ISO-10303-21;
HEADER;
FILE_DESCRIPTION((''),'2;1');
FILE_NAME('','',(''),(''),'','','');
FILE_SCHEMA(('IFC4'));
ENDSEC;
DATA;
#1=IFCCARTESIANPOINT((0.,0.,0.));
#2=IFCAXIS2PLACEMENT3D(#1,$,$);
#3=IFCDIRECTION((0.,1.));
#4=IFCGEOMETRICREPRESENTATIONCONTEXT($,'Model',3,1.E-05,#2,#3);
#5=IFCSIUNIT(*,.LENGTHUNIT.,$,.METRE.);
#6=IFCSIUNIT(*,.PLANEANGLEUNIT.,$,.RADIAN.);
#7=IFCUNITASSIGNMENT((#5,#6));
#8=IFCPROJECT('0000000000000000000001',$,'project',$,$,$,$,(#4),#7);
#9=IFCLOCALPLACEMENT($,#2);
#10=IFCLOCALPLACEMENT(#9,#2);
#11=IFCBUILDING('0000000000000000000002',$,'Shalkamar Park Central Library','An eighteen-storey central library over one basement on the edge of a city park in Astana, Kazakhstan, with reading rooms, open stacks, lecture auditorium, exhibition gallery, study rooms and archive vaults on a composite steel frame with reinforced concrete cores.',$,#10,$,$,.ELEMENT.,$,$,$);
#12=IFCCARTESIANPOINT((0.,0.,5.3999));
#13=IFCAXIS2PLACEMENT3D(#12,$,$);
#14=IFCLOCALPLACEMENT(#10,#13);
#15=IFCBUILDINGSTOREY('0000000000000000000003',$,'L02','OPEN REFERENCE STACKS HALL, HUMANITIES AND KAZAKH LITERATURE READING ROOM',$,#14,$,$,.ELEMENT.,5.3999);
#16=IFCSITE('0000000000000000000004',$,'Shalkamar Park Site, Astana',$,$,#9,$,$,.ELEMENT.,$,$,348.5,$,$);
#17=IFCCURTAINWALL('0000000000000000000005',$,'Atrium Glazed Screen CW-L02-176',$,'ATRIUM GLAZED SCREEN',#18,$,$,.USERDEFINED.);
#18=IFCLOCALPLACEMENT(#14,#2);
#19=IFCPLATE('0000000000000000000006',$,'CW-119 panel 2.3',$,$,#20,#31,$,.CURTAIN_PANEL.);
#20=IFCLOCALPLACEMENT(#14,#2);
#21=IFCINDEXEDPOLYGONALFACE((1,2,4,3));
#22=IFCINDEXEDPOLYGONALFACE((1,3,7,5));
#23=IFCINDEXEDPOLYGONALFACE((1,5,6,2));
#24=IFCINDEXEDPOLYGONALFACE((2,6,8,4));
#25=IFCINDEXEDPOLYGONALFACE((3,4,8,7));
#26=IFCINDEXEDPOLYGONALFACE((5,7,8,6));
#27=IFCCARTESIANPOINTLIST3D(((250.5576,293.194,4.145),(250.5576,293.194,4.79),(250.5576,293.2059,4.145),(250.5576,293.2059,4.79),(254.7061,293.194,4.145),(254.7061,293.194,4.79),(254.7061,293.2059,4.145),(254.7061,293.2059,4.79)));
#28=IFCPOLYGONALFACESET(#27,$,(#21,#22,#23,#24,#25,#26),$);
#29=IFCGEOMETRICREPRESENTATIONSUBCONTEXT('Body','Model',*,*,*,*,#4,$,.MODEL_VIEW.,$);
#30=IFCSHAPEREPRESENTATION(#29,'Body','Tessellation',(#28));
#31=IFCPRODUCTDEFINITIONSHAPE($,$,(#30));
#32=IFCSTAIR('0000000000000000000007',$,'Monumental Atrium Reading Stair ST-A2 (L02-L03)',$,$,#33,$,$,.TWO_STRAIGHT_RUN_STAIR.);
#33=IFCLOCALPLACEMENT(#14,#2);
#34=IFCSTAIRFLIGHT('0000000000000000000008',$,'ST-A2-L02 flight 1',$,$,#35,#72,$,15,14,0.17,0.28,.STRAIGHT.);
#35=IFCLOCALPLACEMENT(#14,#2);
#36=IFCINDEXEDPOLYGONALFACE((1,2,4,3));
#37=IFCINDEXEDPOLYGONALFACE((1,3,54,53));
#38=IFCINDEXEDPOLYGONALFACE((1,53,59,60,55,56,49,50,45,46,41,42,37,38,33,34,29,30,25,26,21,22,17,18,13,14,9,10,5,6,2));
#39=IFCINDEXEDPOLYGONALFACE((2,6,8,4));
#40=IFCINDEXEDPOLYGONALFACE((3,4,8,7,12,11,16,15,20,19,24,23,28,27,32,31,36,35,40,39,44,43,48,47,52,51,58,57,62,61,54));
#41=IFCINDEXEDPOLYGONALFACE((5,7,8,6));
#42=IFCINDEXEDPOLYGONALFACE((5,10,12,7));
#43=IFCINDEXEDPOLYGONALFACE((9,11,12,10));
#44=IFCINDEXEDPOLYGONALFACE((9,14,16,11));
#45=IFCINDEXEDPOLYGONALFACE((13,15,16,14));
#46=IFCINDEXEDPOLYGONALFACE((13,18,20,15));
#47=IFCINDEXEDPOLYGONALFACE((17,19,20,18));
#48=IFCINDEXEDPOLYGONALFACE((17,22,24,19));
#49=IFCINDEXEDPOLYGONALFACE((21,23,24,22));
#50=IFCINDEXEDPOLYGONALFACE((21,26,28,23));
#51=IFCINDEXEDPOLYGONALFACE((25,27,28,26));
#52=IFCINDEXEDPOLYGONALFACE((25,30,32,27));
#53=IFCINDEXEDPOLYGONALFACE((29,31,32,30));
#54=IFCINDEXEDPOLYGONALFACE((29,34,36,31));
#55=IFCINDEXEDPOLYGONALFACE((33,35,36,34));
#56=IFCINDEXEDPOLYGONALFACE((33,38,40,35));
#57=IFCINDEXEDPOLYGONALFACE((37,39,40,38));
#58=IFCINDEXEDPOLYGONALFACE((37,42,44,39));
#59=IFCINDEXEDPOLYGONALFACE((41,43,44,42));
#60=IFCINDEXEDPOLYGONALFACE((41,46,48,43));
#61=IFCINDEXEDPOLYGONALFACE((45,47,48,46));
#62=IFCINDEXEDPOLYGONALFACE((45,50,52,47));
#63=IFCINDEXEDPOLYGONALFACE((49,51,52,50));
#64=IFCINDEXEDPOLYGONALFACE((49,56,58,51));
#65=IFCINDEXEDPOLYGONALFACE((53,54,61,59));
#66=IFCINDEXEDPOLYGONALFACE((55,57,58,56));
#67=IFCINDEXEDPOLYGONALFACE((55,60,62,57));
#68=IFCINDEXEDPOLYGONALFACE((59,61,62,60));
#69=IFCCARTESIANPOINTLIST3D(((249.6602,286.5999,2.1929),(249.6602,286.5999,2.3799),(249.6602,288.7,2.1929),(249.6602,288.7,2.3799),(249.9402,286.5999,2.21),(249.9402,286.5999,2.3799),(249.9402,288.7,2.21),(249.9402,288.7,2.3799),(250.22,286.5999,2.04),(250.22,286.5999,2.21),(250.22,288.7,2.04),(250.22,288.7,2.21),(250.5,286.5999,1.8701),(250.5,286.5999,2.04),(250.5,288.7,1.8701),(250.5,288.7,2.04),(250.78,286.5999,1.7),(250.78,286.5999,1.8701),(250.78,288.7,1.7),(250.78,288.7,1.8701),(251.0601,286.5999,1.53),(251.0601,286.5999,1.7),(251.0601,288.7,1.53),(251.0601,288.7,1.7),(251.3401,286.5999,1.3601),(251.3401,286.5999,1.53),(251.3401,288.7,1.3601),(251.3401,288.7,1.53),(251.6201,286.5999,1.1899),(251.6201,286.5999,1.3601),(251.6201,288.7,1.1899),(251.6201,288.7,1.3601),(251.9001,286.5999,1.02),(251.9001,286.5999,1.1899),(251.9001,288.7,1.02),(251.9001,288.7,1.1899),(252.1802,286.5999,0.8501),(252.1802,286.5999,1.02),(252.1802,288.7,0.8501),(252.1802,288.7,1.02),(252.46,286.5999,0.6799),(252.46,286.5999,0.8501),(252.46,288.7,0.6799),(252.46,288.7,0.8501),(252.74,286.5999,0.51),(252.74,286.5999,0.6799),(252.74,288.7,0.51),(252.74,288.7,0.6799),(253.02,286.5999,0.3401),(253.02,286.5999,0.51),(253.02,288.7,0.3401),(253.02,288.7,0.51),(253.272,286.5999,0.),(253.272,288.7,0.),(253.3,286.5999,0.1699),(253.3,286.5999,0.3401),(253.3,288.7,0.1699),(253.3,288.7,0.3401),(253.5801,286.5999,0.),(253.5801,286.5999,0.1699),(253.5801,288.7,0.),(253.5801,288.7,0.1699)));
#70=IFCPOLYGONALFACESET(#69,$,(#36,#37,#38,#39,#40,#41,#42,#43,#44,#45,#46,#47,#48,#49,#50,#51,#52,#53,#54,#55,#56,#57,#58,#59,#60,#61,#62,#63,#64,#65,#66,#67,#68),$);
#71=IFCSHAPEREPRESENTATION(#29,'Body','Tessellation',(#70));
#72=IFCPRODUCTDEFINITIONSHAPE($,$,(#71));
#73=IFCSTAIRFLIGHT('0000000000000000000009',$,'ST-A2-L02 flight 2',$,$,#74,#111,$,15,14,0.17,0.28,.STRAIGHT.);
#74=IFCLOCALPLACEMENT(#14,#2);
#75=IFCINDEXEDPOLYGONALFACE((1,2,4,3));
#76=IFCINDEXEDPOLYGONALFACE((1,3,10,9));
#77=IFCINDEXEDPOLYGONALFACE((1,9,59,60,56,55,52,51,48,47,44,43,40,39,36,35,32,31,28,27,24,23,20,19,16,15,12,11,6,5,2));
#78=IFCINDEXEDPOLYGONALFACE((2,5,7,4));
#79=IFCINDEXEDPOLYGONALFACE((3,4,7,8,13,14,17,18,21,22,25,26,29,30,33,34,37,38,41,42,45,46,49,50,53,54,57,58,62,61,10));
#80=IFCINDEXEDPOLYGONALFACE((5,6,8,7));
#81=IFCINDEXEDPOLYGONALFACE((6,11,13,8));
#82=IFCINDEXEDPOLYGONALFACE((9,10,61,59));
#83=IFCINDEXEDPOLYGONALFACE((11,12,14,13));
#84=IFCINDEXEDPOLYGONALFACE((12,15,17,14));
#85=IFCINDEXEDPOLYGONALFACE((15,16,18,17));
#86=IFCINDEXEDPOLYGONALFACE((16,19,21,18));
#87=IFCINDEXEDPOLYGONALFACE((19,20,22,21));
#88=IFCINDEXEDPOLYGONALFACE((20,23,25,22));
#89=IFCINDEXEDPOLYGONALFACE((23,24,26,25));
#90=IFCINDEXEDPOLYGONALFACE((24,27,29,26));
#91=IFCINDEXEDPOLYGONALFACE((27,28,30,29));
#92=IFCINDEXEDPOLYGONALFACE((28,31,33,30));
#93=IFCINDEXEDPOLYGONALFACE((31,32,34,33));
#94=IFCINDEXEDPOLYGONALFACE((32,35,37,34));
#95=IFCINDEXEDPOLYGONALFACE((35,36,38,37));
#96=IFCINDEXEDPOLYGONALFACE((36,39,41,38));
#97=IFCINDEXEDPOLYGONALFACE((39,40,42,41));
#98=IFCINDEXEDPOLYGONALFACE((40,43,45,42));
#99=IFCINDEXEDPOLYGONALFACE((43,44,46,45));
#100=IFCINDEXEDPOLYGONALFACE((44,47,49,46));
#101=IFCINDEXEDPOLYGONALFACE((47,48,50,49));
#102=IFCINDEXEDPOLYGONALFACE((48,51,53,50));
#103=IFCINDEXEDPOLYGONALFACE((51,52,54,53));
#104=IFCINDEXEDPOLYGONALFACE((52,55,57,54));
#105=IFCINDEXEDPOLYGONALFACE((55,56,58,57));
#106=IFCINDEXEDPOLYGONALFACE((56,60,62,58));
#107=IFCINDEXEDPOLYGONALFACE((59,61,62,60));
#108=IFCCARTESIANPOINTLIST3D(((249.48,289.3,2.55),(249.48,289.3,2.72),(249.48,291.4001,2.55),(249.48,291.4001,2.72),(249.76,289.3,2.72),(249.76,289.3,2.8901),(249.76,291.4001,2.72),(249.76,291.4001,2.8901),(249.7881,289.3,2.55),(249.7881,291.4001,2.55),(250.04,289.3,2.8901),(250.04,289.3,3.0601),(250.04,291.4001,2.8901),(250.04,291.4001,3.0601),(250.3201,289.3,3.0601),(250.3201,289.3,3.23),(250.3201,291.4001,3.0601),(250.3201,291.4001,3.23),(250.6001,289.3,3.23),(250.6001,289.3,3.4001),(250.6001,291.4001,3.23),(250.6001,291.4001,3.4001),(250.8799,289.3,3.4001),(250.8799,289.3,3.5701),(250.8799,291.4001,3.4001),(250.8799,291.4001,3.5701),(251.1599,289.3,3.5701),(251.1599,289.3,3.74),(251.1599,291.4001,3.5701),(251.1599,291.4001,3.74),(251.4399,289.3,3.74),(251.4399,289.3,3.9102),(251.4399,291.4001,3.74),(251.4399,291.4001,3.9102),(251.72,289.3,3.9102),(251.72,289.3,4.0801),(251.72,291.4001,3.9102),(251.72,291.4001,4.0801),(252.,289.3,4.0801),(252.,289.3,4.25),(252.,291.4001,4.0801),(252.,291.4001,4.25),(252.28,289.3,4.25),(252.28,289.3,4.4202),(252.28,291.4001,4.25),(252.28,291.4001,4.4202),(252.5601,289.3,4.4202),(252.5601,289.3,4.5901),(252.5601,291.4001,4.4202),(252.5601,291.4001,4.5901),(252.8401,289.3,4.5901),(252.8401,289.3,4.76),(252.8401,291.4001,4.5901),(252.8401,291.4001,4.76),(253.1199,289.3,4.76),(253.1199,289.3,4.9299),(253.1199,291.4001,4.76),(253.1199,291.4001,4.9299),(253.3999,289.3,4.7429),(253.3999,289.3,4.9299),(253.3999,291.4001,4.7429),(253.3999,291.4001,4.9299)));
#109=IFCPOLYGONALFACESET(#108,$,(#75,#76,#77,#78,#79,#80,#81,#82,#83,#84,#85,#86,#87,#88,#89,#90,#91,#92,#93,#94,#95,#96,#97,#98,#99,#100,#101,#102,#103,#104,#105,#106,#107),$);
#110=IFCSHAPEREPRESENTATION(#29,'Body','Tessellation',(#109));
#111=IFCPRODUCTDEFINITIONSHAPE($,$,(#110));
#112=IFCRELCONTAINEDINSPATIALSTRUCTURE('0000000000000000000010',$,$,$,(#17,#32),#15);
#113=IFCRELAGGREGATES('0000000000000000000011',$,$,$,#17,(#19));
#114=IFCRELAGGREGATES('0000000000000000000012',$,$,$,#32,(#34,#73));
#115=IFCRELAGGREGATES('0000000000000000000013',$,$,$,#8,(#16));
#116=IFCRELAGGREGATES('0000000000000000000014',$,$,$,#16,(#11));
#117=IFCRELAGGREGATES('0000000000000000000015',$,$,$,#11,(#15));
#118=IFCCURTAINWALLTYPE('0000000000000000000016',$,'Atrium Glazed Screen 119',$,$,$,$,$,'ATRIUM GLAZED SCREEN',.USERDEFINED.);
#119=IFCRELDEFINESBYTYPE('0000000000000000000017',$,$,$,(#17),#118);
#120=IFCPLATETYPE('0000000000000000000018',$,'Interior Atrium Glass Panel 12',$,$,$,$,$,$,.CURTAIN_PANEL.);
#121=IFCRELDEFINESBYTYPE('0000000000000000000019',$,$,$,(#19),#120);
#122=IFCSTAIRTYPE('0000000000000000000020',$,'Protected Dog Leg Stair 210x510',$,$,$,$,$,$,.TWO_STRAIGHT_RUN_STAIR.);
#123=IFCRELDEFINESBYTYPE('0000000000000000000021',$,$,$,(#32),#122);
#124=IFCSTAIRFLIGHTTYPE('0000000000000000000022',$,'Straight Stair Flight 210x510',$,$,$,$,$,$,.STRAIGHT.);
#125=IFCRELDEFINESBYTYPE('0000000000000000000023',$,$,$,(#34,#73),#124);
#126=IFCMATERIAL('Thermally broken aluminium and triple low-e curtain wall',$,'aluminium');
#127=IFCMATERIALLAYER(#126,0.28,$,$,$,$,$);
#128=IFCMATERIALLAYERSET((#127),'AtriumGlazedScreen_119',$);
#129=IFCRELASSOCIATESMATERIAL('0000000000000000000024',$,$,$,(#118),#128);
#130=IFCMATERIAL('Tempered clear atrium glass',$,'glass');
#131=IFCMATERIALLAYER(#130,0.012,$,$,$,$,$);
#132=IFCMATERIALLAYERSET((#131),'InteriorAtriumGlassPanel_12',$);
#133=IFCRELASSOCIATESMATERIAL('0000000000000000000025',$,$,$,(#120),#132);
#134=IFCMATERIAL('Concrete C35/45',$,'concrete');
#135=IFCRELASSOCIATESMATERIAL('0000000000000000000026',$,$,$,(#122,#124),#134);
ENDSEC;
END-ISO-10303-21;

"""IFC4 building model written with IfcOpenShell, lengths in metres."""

from ifc_helpers import new_model, si_unit, direction, frame, origin, origin_2d, place, context, subcontext, project, spatial, polyline, rectangle, outline, extrude, material, layer, layer_set, type_object, element, aggregate, save


model = new_model("IFC4")

# Units and contexts
model_context = context("Model", 3, precision=1e-05, world=origin(), true_north=direction((0.0, 1.0)))
body_context = subcontext(model_context, "Body", "Model", "MODEL_VIEW")
ifc_project = project(units=[si_unit("LENGTHUNIT", "METRE"), si_unit("PLANEANGLEUNIT", "RADIAN")], contexts=[model_context])

# Site, building, storey
site_placement = place(None, origin())
site = spatial("IfcSite", under=ifc_project, at=site_placement, Name="Shalkamar Park Site, Astana", CompositionType="ELEMENT", RefElevation=348.5)
building_placement = place(site_placement, origin())
building = spatial("IfcBuilding", under=site, at=building_placement, Name="Shalkamar Park Central Library", Description="An eighteen-storey central library over one basement on the edge of a city park in Astana, Kazakhstan, with reading rooms, open stacks, lecture auditorium, exhibition gallery, study rooms and archive vaults on a composite steel frame with reinforced concrete cores.", CompositionType="ELEMENT")
storey_placement = place(building_placement, frame((0.0, 0.0, 5.3999)))
storey = spatial("IfcBuildingStorey", under=building, at=storey_placement, Name="L02", Description="OPEN REFERENCE STACKS HALL, HUMANITIES AND KAZAKH LITERATURE READING ROOM", CompositionType="ELEMENT", Elevation=5.3999)

# Curtain wall
ifc_material_1 = material(Name="Thermally broken aluminium and triple low-e curtain wall", Category="aluminium")
ifc_layer_1 = layer(ifc_material_1, 0.28)
ifc_layer_set_1 = layer_set([ifc_layer_1], Name="AtriumGlazedScreen_119")
curtain_wall_type = type_object("IfcCurtainWallType", Name="Atrium Glazed Screen 119", ElementType="ATRIUM GLAZED SCREEN", PredefinedType="USERDEFINED", material=ifc_layer_set_1)
curtain_wall_placement = place(storey_placement, origin())
curtain_wall = element("IfcCurtainWall", 1, at=curtain_wall_placement, inside=storey, type_object=curtain_wall_type, Name="Atrium Glazed Screen CW-L02-176", ObjectType="ATRIUM GLAZED SCREEN", PredefinedType="USERDEFINED")

# Plate
ifc_material_2 = material(Name="Tempered clear atrium glass", Category="glass")
ifc_layer_2 = layer(ifc_material_2, 0.012)
ifc_layer_set_2 = layer_set([ifc_layer_2], Name="InteriorAtriumGlassPanel_12")
plate_type = type_object("IfcPlateType", Name="Interior Atrium Glass Panel 12", PredefinedType="CURTAIN_PANEL", material=ifc_layer_set_2)
plate_1_placement = place(storey_placement, frame((252.6318, 293.2, 4.145), z_axis=(0.0, 0.0, 1.0), x_axis=(1.0, 0.0, 0.0)))
plate_1 = element("IfcPlate", 2, at=plate_1_placement, type_object=plate_type, Name="CW-119 panel 2.3", PredefinedType="CURTAIN_PANEL", context=body_context, shape_type="SweptSolid", body=[
    extrude(rectangle(XDim=4.1484, YDim=0.012, at=origin_2d()), origin(), (0.0, 0.0, 1.0), 0.645),
])
aggregate(curtain_wall, [plate_1])

# Stair, stair flights
ifc_material_3 = material(Name="Concrete C35/45", Category="concrete")
stair_type = type_object("IfcStairType", Name="Protected Dog Leg Stair 210x510", PredefinedType="TWO_STRAIGHT_RUN_STAIR", material=ifc_material_3)
stair_placement = place(storey_placement, origin())
stair = element("IfcStair", 3, at=stair_placement, inside=storey, type_object=stair_type, Name="Monumental Atrium Reading Stair ST-A2 (L02-L03)", PredefinedType="TWO_STRAIGHT_RUN_STAIR")
stair_flight_type = type_object("IfcStairFlightType", Name="Straight Stair Flight 210x510", PredefinedType="STRAIGHT", material=ifc_material_3)
stair_flight_1_placement = place(storey_placement, frame((253.5801, 287.6499, 0.0), z_axis=(0.0, 0.0, 1.0), x_axis=(-1.0, 0.0, 0.0)))
stair_flight_1 = element("IfcStairFlight", 4, at=stair_flight_1_placement, type_object=stair_flight_type, Name="ST-A2-L02 flight 1", NumberOfRisers=15, NumberOfTreads=14, PredefinedType="STRAIGHT", RiserHeight=0.17, TreadLength=0.28, context=body_context, shape_type="SweptSolid", body=[
    extrude(outline(polyline([(0.0, 0.0), (0.0, 0.1699), (0.28, 0.1699), (0.28, 0.3401), (0.5601, 0.3401), (0.5601, 0.51), (0.8401, 0.51), (0.8401, 0.6799), (1.1201, 0.6799), (1.1201, 0.8501), (1.3999, 0.8501), (1.3999, 1.02), (1.6799, 1.02), (1.6799, 1.1899), (1.96, 1.1899), (1.96, 1.3601), (2.24, 1.3601), (2.24, 1.53), (2.52, 1.53), (2.52, 1.7), (2.8, 1.7), (2.8, 1.8701), (3.0801, 1.8701), (3.0801, 2.04), (3.3601, 2.04), (3.3601, 2.21), (3.6399, 2.21), (3.6399, 2.3799), (3.9199, 2.3799), (3.9199, 2.55), (3.9199, 2.1929), (0.3081, 0.0), (0.0, 0.0)])), frame((0.0, 1.05, 0.0), z_axis=(0.0, -1.0, 0.0), x_axis=(1.0, 0.0, 0.0)), (0.0, 0.0, 1.0), 2.1001),
])
stair_flight_2_placement = place(storey_placement, frame((249.48, 290.3501, 2.55), z_axis=(0.0, 0.0, 1.0), x_axis=(1.0, 0.0, 0.0)))
stair_flight_2 = element("IfcStairFlight", 5, at=stair_flight_2_placement, type_object=stair_flight_type, Name="ST-A2-L02 flight 2", NumberOfRisers=15, NumberOfTreads=14, PredefinedType="STRAIGHT", RiserHeight=0.17, TreadLength=0.28, context=body_context, shape_type="SweptSolid", body=[
    extrude(outline(polyline([(0.0, 0.0), (0.0, 0.1699), (0.28, 0.1699), (0.28, 0.3401), (0.5601, 0.3401), (0.5601, 0.51), (0.8401, 0.51), (0.8401, 0.6799), (1.1201, 0.6799), (1.1201, 0.8501), (1.3999, 0.8501), (1.3999, 1.02), (1.6799, 1.02), (1.6799, 1.1899), (1.96, 1.1899), (1.96, 1.3601), (2.24, 1.3601), (2.24, 1.53), (2.52, 1.53), (2.52, 1.7), (2.8, 1.7), (2.8, 1.8701), (3.0801, 1.8701), (3.0801, 2.04), (3.3601, 2.04), (3.3601, 2.21), (3.6399, 2.21), (3.6399, 2.3799), (3.9199, 2.3799), (3.9199, 2.55), (3.9199, 2.1929), (0.3081, 0.0), (0.0, 0.0)])), frame((0.0, 1.05, 0.0), z_axis=(0.0, -1.0, 0.0), x_axis=(1.0, 0.0, 0.0)), (0.0, 0.0, 1.0), 2.1001),
])
aggregate(stair, [stair_flight_1, stair_flight_2])

save(model, "model.ifc")
